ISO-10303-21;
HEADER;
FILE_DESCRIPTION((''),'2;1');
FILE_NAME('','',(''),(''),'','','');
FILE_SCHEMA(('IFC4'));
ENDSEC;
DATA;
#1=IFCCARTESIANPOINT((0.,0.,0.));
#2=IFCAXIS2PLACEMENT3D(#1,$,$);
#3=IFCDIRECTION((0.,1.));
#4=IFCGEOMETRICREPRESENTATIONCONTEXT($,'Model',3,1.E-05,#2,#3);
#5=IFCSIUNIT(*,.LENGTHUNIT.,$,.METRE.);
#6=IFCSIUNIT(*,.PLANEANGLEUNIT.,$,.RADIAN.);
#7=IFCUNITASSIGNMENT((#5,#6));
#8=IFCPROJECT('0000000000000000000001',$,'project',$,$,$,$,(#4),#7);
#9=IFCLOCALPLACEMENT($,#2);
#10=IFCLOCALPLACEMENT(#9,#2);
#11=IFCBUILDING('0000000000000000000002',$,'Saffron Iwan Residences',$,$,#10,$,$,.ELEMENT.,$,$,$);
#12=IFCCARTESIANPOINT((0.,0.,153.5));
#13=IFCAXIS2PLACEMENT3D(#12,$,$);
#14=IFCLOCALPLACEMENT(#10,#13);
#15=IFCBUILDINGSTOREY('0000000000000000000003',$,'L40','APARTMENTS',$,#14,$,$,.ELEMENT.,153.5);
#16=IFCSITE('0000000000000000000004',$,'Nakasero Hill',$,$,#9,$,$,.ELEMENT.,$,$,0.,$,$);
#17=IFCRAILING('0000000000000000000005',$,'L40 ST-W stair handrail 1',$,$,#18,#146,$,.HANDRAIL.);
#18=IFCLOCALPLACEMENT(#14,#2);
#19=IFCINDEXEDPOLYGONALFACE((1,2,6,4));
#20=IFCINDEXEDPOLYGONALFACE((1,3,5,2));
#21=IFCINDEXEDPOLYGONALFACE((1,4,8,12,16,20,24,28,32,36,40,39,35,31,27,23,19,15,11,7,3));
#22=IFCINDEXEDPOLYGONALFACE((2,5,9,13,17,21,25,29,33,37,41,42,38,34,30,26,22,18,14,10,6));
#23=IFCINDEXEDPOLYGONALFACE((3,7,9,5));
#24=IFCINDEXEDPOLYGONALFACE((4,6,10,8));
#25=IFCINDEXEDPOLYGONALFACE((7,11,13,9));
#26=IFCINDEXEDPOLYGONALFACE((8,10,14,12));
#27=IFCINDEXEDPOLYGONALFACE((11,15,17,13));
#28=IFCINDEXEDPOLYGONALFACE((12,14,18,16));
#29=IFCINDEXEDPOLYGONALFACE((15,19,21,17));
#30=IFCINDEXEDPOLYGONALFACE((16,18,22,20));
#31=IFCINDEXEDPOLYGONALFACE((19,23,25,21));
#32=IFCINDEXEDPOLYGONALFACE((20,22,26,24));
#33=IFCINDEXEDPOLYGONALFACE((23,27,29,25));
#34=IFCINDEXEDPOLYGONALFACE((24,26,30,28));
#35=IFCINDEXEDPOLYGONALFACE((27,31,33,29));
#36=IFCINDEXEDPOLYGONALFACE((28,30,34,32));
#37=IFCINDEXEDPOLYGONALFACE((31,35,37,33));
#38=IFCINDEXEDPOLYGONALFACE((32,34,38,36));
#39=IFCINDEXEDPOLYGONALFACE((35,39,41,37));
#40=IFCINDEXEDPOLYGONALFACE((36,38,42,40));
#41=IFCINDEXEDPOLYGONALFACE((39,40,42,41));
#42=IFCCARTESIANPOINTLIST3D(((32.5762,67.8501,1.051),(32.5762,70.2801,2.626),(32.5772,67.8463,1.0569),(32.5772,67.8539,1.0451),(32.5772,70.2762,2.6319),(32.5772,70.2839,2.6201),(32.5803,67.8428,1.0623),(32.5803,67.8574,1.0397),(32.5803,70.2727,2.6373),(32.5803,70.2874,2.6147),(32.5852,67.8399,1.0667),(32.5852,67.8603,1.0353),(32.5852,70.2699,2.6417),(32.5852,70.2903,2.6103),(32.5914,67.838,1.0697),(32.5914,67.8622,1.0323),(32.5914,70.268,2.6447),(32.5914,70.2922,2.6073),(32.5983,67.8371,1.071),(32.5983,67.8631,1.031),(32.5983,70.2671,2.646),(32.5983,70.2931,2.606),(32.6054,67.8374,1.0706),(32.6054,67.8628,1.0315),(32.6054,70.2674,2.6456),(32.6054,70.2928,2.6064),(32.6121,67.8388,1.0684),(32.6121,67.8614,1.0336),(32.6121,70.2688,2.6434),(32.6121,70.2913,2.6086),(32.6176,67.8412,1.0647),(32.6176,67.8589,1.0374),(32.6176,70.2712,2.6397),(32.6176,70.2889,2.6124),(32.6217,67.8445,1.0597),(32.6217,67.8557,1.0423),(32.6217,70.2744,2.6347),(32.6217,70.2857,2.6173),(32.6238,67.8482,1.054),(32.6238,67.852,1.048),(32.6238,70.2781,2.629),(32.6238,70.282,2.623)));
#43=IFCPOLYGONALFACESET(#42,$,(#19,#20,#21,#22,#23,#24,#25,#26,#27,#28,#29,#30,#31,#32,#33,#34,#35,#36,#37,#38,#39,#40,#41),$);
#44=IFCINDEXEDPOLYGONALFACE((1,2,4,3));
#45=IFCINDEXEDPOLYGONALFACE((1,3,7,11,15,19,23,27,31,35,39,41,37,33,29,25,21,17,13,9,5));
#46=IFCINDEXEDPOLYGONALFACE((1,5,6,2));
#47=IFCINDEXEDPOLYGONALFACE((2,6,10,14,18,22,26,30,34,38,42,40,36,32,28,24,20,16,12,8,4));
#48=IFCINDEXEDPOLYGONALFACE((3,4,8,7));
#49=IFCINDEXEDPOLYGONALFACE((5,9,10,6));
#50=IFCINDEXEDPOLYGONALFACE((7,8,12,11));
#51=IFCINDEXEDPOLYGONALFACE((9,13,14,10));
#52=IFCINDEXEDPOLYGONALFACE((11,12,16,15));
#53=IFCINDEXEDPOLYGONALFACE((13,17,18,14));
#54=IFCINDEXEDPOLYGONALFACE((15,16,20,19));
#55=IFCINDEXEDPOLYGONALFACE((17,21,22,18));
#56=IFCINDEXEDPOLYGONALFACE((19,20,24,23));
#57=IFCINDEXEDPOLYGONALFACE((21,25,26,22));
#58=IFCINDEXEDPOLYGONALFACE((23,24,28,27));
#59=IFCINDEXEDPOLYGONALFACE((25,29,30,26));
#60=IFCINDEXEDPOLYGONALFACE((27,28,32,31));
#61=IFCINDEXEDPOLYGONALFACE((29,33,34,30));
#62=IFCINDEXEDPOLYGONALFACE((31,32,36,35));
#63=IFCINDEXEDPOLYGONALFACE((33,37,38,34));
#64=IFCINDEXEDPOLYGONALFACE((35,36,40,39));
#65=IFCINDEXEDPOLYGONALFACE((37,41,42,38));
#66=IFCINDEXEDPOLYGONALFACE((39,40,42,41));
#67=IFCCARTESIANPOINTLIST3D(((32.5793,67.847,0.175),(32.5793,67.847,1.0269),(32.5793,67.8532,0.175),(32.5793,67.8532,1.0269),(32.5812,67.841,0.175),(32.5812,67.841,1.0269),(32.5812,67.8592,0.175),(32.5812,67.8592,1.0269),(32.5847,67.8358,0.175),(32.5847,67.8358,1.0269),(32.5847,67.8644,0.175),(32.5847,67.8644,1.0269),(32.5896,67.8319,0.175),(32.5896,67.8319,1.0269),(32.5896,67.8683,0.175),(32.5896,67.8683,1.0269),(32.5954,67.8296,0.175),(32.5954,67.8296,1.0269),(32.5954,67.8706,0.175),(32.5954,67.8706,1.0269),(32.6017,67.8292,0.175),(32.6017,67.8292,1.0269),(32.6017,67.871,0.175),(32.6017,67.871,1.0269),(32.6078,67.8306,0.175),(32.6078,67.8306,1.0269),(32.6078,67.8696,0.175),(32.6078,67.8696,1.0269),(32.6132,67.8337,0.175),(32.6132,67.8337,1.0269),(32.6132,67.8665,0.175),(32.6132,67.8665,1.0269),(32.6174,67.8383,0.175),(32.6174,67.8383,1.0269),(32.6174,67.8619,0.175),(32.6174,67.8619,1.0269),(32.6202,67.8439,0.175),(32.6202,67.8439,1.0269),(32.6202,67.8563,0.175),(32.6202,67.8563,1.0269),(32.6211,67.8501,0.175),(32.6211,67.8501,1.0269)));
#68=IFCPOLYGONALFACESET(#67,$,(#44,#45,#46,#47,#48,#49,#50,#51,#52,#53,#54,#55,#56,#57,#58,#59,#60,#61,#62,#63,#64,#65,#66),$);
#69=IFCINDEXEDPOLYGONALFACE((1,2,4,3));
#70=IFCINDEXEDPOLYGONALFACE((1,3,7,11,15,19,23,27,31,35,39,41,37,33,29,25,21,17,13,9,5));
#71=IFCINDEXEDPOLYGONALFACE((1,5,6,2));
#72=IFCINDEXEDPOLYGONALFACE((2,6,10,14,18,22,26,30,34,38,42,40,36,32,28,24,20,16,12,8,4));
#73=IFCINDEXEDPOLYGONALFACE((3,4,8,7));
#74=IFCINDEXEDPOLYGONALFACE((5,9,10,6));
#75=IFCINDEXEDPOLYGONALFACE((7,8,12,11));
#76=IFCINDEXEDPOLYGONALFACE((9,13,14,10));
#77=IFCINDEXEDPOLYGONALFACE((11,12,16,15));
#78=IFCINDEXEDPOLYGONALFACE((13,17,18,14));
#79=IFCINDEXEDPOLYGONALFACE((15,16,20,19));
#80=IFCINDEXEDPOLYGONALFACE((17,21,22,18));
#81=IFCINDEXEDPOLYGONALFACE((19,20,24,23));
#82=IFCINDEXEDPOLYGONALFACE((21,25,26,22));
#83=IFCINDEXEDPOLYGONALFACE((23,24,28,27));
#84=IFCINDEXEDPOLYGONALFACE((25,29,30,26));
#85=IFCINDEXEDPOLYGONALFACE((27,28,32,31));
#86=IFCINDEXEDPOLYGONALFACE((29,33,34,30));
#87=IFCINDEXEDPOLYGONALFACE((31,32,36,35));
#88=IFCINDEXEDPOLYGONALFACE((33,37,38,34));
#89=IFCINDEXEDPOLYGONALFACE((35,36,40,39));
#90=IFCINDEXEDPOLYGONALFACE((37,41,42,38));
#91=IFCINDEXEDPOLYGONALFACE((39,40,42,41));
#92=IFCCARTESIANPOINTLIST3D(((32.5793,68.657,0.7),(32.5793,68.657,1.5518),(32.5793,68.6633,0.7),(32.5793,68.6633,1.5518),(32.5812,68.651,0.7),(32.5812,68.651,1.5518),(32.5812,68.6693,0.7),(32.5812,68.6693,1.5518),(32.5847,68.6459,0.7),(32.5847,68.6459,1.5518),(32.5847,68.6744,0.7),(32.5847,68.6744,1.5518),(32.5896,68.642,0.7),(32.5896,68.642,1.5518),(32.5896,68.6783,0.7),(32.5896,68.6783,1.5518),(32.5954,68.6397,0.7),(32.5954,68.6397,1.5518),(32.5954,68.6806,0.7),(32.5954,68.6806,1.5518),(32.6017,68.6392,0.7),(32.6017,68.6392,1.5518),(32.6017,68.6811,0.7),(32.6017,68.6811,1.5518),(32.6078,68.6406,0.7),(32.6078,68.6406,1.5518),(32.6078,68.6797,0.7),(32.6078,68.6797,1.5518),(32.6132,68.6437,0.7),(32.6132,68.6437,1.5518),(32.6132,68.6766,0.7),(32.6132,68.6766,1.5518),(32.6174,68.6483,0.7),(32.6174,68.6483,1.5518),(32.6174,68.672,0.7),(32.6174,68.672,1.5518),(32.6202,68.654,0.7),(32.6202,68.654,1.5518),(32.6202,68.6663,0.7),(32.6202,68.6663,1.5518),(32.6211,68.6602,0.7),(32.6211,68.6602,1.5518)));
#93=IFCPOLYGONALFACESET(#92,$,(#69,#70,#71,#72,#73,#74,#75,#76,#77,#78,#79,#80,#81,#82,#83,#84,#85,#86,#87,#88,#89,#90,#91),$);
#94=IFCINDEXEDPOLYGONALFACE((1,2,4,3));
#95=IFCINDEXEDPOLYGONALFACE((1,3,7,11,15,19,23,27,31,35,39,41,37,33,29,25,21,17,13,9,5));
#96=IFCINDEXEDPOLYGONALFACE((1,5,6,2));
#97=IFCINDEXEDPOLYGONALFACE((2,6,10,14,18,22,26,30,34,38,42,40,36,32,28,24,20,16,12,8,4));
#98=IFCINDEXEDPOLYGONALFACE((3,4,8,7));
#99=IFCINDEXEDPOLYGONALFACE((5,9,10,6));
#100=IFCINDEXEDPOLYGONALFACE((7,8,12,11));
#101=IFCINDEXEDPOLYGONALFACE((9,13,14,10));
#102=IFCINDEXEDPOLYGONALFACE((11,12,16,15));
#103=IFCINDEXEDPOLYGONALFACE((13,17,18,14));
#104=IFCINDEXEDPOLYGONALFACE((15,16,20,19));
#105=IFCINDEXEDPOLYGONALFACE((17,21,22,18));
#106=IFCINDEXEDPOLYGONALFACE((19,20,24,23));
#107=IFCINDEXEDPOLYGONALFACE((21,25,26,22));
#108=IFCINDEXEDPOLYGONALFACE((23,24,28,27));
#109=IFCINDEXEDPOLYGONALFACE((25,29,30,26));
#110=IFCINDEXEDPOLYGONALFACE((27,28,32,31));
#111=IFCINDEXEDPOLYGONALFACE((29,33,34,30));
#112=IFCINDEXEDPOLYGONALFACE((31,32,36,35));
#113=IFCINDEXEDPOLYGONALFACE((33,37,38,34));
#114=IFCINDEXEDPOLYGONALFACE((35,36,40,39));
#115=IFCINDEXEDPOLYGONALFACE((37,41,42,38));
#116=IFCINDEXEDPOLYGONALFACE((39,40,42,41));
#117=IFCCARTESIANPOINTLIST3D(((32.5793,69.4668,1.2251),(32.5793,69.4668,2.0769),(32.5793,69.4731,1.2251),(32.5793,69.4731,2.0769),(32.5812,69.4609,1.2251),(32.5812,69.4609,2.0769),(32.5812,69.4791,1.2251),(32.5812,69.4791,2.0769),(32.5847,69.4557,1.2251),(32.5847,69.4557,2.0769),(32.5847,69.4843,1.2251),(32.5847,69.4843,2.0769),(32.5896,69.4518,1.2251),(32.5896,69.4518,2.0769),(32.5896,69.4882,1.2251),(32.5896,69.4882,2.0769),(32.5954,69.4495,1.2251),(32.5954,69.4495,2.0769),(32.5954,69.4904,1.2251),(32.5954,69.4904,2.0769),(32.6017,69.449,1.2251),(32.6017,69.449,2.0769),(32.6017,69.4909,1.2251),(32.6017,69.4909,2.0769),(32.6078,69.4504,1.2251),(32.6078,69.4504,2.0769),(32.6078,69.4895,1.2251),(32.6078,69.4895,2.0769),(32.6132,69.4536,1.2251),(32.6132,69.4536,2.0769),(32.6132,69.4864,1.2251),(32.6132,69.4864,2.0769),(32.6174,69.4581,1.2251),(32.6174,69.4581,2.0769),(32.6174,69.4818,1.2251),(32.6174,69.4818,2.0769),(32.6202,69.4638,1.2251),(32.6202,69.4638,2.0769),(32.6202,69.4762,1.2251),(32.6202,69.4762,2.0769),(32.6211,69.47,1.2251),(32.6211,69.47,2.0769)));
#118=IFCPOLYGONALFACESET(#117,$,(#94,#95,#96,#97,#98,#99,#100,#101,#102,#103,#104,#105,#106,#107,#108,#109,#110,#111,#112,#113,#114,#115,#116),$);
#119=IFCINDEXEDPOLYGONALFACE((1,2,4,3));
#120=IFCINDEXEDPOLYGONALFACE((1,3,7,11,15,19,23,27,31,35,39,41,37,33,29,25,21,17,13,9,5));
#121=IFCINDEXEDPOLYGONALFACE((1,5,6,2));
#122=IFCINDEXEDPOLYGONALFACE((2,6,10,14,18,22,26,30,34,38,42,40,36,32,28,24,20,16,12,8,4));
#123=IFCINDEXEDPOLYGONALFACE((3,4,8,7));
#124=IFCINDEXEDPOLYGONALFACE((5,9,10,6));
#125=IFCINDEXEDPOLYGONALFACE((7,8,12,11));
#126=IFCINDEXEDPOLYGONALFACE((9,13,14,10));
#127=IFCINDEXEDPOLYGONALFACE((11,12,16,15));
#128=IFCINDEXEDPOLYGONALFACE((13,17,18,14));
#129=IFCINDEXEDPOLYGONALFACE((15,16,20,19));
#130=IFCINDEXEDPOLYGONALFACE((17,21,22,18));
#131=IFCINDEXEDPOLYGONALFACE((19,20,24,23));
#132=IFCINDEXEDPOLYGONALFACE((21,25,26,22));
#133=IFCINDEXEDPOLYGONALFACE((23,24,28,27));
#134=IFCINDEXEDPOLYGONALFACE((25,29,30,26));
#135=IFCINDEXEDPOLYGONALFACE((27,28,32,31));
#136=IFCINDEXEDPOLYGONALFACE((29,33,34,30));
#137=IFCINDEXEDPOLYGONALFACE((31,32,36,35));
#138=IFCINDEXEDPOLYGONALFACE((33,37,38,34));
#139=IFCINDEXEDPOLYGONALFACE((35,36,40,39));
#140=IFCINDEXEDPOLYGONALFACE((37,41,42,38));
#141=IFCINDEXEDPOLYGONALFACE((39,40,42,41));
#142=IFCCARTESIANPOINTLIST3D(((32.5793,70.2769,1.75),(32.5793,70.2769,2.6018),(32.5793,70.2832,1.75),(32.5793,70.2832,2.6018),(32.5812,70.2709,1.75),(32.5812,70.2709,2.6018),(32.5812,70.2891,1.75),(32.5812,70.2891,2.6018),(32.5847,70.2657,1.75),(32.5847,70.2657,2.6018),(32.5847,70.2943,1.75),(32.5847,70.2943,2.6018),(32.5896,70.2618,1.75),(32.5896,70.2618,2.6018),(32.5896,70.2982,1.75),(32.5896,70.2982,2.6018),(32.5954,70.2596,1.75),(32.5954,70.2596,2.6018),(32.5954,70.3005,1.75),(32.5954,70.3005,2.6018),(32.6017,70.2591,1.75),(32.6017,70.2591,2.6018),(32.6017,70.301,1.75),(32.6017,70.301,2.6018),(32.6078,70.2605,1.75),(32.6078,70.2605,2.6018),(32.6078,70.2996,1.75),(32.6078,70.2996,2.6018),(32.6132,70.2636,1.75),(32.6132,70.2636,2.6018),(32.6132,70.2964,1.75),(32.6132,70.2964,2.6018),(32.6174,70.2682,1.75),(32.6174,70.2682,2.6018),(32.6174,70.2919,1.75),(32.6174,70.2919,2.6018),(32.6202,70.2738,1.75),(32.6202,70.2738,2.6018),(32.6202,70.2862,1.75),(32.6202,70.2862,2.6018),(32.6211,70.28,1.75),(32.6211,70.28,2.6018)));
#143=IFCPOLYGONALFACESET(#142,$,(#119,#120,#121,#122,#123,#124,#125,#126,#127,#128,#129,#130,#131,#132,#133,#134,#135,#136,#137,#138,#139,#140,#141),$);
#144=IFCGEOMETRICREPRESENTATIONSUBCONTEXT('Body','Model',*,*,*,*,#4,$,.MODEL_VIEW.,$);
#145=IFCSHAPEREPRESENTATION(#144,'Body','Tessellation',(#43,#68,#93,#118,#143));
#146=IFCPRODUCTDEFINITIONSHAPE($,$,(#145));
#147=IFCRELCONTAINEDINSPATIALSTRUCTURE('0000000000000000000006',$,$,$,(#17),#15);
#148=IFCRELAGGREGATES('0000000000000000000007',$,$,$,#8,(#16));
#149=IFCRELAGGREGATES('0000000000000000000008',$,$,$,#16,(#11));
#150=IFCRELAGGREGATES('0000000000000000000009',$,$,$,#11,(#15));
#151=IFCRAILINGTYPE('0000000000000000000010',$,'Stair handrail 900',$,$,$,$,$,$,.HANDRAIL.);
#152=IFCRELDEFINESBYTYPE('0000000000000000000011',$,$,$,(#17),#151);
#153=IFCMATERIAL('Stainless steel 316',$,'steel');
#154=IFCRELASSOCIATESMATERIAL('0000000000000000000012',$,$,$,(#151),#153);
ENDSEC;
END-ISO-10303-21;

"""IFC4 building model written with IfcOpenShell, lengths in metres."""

from ifc_helpers import new_model, si_unit, direction, frame, origin, origin_2d, place, context, subcontext, project, spatial, circle, extrude, material, type_object, element, save


model = new_model("IFC4")

# Units and contexts
model_context = context("Model", 3, precision=1e-05, world=origin(), true_north=direction((0.0, 1.0)))
body_context = subcontext(model_context, "Body", "Model", "MODEL_VIEW")
ifc_project = project(units=[si_unit("LENGTHUNIT", "METRE"), si_unit("PLANEANGLEUNIT", "RADIAN")], contexts=[model_context])

# Site, building, storey
site_placement = place(None, origin())
site = spatial("IfcSite", under=ifc_project, at=site_placement, Name="Nakasero Hill", CompositionType="ELEMENT", RefElevation=0.0)
building_placement = place(site_placement, origin())
building = spatial("IfcBuilding", under=site, at=building_placement, Name="Saffron Iwan Residences", CompositionType="ELEMENT")
storey_placement = place(building_placement, frame((0.0, 0.0, 153.5)))
storey = spatial("IfcBuildingStorey", under=building, at=storey_placement, Name="L40", Description="APARTMENTS", CompositionType="ELEMENT", Elevation=153.5)

# Railing
ifc_material_1 = material(Name="Stainless steel 316", Category="steel")
railing_type_1 = type_object("IfcRailingType", Name="Stair handrail 900", PredefinedType="HANDRAIL", material=ifc_material_1)
railing_1_placement = place(storey_placement, frame((32.6001, 67.8501, 0.175)))
element("IfcRailing", 1, at=railing_1_placement, inside=storey, type_object=railing_type_1, Name="L40 ST-W stair handrail 1", PredefinedType="HANDRAIL", context=body_context, shape_type="SweptSolid", body=[
    extrude(circle(Radius=0.0239, at=origin_2d()), frame((0.0, 0.0, 0.876), z_axis=(0.0, 0.839154, 0.543894), x_axis=(-1.0, 0.0, 0.0)), (0.0, 0.0, 1.0), 2.8958),
    extrude(circle(Radius=0.021, at=origin_2d()), origin(), (0.0, 0.0, 1.0), 0.8518),
    extrude(circle(Radius=0.021, at=origin_2d()), frame((0.0, 0.8101, 0.5249)), (0.0, 0.0, 1.0), 0.8518),
    extrude(circle(Radius=0.021, at=origin_2d()), frame((0.0, 1.6199, 1.05)), (0.0, 0.0, 1.0), 0.8518),
    extrude(circle(Radius=0.021, at=origin_2d()), frame((0.0, 2.4299, 1.575)), (0.0, 0.0, 1.0), 0.8518),
])

save(model, "model.ifc")
